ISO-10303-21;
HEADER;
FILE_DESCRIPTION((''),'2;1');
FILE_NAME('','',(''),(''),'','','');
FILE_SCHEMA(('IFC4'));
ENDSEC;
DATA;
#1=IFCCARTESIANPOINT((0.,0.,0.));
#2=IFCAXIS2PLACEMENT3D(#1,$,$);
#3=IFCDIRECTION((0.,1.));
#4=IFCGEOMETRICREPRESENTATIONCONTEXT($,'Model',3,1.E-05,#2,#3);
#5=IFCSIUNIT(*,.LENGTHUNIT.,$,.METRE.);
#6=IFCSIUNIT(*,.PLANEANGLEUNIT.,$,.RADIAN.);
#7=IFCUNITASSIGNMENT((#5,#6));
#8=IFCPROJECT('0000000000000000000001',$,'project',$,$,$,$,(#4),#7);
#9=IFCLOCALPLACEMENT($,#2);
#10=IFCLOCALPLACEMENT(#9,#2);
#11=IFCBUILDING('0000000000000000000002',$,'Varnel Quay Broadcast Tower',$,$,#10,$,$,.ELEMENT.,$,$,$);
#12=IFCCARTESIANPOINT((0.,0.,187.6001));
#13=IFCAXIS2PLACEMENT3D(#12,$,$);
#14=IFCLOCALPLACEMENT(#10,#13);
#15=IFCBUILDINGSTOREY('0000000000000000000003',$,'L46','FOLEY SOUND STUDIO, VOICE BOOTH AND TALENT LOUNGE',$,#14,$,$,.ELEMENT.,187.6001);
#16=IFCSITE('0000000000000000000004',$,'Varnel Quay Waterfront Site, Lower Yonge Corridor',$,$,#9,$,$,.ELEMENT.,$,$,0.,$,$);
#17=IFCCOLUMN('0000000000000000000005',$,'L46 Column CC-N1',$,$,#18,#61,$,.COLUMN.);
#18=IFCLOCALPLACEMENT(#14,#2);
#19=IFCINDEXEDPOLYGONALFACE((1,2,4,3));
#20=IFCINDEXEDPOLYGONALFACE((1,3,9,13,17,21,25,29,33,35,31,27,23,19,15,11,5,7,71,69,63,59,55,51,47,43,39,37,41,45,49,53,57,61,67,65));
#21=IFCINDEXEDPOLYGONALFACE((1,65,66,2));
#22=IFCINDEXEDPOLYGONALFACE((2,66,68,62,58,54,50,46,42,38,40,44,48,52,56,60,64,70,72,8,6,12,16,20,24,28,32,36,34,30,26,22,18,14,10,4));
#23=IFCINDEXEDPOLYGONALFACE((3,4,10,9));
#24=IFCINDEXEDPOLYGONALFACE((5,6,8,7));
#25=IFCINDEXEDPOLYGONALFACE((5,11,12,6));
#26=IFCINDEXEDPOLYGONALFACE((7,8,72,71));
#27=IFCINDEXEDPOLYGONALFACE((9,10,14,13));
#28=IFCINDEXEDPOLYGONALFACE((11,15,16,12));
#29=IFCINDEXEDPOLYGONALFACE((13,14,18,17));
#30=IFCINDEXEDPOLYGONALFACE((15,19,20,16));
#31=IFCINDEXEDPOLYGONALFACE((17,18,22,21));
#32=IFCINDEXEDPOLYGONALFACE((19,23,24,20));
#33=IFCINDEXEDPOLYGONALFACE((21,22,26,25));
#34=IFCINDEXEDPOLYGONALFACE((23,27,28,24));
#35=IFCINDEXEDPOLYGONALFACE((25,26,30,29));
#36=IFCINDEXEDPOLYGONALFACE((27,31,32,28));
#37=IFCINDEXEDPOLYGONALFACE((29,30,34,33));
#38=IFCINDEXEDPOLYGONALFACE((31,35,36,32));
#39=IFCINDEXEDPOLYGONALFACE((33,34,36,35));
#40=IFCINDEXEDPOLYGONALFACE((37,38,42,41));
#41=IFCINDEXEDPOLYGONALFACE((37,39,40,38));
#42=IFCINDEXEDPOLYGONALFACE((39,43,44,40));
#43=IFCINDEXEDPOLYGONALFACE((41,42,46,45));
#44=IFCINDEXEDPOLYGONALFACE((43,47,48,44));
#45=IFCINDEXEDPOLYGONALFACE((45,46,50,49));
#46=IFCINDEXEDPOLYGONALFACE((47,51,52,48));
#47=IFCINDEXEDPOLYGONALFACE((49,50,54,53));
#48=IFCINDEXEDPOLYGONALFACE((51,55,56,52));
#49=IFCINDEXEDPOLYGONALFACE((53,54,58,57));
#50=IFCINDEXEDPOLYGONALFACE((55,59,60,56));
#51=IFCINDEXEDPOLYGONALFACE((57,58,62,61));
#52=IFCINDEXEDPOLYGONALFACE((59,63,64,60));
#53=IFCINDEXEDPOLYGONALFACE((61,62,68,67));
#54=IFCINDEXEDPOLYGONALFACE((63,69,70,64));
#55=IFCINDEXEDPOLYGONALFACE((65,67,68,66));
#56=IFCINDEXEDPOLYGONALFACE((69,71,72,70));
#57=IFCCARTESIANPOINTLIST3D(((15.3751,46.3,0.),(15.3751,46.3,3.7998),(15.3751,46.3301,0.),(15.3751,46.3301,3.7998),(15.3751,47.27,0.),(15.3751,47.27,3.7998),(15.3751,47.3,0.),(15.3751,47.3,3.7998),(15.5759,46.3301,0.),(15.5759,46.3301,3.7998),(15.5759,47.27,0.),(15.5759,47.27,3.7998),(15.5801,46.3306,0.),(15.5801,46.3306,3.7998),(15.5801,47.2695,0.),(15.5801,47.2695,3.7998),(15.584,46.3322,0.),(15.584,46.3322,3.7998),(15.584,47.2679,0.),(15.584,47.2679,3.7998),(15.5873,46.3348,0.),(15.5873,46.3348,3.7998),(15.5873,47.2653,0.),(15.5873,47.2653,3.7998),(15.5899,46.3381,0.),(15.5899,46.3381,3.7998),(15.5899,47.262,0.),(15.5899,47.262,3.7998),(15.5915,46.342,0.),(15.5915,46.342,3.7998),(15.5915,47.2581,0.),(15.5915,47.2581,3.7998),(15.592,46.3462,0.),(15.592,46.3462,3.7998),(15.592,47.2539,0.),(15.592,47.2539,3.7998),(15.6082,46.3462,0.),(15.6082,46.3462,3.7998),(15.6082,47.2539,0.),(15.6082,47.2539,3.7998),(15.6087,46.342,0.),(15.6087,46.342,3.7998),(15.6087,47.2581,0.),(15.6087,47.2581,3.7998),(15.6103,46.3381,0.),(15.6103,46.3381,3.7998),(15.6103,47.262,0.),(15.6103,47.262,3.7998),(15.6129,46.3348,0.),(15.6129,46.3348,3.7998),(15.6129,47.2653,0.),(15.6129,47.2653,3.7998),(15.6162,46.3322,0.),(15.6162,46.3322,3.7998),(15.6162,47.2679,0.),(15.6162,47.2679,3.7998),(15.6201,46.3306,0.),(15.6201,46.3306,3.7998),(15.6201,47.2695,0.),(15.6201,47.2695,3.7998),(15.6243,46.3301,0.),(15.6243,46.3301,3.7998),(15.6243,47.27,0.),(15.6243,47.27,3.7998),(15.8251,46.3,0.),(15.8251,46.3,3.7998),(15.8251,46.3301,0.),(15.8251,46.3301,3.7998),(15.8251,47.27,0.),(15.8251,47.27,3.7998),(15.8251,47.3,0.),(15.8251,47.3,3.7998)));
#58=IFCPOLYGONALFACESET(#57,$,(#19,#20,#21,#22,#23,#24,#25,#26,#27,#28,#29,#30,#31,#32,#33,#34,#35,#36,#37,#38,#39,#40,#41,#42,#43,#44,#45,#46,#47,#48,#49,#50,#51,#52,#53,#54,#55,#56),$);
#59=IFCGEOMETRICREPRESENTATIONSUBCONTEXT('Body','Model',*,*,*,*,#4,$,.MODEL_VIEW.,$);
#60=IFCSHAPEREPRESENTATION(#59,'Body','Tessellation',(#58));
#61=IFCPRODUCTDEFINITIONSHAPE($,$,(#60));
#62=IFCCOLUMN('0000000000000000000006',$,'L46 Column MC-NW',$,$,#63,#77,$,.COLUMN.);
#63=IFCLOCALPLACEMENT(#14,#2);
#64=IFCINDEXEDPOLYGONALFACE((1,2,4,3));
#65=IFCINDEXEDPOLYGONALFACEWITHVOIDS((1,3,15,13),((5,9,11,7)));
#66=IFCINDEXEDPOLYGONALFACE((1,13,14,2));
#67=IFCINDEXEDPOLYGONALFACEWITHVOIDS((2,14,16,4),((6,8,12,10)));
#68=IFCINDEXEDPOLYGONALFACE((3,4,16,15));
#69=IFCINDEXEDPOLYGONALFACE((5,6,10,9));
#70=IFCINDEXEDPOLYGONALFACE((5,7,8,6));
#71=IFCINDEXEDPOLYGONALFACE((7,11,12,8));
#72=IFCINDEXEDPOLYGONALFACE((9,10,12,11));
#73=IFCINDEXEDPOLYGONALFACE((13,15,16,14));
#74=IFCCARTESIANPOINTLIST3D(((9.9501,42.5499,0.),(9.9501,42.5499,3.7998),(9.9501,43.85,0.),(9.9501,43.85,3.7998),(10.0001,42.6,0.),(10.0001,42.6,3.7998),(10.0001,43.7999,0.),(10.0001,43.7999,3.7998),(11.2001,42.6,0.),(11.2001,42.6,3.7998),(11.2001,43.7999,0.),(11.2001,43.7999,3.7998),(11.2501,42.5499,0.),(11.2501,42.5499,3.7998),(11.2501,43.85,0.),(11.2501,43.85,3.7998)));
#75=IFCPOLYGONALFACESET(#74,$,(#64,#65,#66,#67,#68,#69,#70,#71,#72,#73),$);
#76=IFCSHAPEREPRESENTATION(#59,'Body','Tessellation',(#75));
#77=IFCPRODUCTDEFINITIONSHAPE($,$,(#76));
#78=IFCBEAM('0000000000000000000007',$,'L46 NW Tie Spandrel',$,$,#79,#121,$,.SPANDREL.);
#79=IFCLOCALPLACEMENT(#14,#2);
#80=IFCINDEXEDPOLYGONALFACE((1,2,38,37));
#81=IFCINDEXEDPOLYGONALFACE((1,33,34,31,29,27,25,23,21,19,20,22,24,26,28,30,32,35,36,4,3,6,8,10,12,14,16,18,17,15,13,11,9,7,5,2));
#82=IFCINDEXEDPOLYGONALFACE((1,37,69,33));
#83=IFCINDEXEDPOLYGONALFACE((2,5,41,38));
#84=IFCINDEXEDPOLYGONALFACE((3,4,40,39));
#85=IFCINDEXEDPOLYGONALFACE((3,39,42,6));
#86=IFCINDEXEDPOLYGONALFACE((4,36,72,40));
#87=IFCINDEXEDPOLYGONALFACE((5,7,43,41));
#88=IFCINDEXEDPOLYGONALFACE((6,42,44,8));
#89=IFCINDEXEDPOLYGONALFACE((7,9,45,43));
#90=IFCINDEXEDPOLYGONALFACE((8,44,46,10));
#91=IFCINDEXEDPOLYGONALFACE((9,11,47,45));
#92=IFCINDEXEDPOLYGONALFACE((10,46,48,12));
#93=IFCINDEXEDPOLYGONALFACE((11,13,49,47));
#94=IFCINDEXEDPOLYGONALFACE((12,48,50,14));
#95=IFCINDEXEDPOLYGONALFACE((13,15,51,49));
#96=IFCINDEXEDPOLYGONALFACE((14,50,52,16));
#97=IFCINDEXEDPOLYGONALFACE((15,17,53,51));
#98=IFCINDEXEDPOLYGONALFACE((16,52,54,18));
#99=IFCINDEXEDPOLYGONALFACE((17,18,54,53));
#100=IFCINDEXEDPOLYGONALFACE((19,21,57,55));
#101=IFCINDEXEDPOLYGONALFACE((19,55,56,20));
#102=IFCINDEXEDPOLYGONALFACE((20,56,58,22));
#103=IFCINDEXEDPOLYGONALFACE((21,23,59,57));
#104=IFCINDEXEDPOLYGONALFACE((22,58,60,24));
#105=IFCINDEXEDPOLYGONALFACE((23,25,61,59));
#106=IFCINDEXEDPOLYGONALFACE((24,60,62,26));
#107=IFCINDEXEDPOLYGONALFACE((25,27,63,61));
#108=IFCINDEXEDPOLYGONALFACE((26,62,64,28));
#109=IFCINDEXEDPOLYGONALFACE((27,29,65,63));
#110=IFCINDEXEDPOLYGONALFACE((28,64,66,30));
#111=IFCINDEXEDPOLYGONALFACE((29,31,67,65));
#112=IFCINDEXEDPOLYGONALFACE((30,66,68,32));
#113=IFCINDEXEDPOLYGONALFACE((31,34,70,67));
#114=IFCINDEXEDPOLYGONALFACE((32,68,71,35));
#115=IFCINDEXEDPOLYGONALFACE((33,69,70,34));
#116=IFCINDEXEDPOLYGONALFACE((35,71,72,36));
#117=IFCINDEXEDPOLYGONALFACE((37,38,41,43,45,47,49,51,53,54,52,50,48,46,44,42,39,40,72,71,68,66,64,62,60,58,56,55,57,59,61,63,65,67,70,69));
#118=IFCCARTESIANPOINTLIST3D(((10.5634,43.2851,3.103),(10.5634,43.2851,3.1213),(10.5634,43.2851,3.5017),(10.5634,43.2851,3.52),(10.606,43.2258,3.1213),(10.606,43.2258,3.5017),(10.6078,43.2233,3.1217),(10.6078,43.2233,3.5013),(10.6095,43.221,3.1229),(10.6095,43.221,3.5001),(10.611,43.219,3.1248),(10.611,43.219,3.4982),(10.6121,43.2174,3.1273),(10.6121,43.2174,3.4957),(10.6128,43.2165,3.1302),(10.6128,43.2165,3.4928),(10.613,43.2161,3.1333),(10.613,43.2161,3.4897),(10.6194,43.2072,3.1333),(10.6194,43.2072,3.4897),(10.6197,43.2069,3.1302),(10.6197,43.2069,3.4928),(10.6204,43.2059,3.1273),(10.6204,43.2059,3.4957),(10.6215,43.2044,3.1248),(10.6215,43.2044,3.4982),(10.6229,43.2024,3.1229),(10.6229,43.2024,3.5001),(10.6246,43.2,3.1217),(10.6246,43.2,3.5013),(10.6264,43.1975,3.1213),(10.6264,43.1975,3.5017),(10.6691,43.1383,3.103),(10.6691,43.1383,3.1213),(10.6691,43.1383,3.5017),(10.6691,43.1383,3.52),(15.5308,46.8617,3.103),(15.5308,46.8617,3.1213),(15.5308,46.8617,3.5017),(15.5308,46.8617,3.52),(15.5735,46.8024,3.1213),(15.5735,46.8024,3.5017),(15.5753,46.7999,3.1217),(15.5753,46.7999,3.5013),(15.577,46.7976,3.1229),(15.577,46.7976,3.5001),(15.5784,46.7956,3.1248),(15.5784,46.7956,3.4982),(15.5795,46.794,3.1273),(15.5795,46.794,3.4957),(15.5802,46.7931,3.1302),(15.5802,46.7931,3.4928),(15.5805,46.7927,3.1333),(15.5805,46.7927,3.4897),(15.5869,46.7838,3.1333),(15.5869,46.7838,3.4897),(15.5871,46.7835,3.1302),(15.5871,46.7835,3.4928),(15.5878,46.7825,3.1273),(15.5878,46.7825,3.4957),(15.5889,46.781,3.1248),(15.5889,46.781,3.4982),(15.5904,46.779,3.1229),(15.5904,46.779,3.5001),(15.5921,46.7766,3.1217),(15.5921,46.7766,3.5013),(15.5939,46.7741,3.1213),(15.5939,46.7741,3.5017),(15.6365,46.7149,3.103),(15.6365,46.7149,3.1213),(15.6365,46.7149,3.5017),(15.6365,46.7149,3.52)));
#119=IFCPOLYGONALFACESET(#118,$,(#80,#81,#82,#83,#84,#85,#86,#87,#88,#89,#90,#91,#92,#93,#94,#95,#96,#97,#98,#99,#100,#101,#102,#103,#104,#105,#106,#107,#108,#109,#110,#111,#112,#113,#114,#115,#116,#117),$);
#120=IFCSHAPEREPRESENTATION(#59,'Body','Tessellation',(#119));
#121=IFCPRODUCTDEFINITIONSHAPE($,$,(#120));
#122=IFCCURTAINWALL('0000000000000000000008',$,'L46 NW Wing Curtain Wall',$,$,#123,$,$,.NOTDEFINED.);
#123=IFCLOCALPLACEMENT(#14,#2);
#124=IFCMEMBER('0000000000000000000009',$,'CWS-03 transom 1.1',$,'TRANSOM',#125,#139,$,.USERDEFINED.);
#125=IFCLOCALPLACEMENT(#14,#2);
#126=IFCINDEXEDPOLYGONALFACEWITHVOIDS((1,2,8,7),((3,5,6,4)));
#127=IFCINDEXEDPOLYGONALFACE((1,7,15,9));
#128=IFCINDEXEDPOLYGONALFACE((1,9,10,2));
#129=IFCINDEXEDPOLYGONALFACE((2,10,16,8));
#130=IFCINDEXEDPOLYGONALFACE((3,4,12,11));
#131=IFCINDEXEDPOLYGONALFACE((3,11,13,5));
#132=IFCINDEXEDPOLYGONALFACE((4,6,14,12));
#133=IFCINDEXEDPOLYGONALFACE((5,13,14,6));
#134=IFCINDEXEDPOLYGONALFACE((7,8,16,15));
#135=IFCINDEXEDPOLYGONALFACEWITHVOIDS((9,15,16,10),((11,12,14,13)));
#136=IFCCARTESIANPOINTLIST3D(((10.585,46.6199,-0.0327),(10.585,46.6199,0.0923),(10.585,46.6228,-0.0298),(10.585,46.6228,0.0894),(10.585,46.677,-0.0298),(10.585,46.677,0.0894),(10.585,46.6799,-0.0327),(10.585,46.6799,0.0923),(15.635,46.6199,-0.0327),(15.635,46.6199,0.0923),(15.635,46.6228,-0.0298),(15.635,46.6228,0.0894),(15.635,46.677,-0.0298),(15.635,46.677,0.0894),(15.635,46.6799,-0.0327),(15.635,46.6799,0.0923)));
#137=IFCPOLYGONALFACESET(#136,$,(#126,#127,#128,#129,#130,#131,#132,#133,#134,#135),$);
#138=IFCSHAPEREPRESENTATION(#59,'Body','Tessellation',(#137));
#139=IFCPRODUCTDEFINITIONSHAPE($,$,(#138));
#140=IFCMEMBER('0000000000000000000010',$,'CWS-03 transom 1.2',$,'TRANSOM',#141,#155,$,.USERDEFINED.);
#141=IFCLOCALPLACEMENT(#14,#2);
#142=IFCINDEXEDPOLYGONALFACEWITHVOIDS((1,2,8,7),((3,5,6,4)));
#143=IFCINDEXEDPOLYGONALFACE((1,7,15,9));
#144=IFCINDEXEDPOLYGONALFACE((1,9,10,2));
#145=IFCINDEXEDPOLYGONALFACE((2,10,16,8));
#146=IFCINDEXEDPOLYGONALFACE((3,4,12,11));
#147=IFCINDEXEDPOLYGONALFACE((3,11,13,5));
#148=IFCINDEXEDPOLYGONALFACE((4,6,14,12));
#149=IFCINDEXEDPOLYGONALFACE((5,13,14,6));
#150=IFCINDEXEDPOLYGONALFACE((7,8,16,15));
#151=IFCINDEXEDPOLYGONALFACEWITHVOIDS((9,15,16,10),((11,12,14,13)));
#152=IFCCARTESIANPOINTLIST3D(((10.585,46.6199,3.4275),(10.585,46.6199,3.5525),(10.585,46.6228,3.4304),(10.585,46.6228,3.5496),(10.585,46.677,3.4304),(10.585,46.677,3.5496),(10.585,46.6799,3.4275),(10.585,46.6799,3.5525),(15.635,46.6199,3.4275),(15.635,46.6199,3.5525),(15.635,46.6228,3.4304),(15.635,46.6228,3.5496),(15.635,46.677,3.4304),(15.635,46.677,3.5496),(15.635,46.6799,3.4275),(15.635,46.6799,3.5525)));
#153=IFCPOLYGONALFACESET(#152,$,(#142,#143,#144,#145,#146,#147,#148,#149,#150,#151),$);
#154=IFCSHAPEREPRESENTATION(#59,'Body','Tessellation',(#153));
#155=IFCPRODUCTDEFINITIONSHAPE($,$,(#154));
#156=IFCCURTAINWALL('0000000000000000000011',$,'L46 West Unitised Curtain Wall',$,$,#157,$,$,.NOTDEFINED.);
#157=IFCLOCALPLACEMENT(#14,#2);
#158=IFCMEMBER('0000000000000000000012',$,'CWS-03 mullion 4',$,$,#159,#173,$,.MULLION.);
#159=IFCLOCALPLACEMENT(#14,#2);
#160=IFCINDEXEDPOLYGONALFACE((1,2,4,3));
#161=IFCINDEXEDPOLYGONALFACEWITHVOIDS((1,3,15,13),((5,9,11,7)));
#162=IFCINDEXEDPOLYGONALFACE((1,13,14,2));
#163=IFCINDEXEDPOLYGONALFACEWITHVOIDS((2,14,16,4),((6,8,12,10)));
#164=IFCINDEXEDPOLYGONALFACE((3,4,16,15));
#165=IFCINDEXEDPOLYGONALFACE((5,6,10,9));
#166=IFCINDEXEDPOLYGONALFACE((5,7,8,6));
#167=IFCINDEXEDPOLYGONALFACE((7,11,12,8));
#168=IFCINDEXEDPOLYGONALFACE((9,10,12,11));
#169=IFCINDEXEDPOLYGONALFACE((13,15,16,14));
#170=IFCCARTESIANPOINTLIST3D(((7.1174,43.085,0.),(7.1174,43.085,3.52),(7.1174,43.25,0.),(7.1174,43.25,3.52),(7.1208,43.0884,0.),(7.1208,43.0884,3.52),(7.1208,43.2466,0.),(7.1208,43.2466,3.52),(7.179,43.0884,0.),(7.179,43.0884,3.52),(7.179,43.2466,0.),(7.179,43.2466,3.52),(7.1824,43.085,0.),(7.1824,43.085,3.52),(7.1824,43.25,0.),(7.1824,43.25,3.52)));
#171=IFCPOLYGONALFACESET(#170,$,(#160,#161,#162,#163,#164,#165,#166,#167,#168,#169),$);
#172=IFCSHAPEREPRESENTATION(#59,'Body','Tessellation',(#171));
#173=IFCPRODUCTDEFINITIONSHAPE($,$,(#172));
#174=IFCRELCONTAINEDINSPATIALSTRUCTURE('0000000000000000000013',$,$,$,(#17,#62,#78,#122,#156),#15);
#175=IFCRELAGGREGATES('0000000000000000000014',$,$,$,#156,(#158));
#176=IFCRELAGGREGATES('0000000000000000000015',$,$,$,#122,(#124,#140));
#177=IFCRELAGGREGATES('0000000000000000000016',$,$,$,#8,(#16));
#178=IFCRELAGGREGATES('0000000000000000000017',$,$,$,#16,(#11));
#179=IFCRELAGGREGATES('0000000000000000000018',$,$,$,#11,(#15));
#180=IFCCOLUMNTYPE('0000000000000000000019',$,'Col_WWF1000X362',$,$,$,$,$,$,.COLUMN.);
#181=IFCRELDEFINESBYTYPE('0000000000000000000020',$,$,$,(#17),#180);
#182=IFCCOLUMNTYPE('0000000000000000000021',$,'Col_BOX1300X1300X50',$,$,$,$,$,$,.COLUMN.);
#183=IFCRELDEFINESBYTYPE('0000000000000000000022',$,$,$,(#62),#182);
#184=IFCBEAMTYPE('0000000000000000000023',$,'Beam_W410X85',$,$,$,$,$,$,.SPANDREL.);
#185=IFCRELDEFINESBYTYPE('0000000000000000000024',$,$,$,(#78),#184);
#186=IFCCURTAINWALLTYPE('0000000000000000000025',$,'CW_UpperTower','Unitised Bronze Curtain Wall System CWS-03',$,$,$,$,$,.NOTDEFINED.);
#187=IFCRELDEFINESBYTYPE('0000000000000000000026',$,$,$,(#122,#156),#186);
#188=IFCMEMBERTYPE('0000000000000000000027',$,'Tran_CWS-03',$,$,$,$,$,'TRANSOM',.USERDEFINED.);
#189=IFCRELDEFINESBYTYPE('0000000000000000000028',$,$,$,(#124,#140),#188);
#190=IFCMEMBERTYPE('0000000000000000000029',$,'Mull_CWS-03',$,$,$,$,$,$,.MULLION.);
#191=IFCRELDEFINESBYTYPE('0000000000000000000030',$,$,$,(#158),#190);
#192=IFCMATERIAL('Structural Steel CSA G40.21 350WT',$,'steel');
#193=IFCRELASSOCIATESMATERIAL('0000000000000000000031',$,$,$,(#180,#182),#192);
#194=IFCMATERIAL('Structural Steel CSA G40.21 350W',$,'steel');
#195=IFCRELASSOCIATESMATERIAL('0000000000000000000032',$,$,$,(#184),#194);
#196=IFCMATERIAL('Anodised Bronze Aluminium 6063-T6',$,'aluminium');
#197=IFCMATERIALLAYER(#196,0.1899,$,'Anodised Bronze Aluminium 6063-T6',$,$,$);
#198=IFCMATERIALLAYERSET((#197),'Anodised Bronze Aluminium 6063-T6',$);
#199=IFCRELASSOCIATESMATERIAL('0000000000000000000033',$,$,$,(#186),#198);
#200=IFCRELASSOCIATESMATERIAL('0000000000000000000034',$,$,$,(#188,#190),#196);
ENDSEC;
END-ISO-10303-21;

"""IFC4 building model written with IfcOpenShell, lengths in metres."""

from ifc_helpers import new_model, si_unit, direction, frame, origin, origin_2d, place, context, subcontext, project, spatial, hollow_rectangle, i_section, extrude, source, transform, mapped, material, layer, layer_set, material_profile, profile_set, type_object, type_shapes, element, aggregate, save


model = new_model("IFC4")

# Units and contexts
model_context = context("Model", 3, precision=1e-05, world=origin(), true_north=direction((0.0, 1.0)))
body_context = subcontext(model_context, "Body", "Model", "MODEL_VIEW")
ifc_project = project(units=[si_unit("LENGTHUNIT", "METRE"), si_unit("PLANEANGLEUNIT", "RADIAN")], contexts=[model_context])

# Site, building, storey
site_placement = place(None, origin())
site = spatial("IfcSite", under=ifc_project, at=site_placement, Name="Varnel Quay Waterfront Site, Lower Yonge Corridor", CompositionType="ELEMENT", RefElevation=0.0)
building_placement = place(site_placement, origin())
building = spatial("IfcBuilding", under=site, at=building_placement, Name="Varnel Quay Broadcast Tower", CompositionType="ELEMENT")
storey_placement = place(building_placement, frame((0.0, 0.0, 187.6001)))
storey = spatial("IfcBuildingStorey", under=building, at=storey_placement, Name="L46", Description="FOLEY SOUND STUDIO, VOICE BOOTH AND TALENT LOUNGE", CompositionType="ELEMENT", Elevation=187.6001)

# Columns
ifc_material_1 = material(Name="Structural Steel CSA G40.21 350WT", Category="steel")
ifc_material_profile_1 = material_profile(ifc_material_1, i_section(OverallWidth=0.45, OverallDepth=1.0, WebThickness=0.0161, FlangeThickness=0.03, FilletRadius=0.0161, at=origin_2d()), Name="WWF1000X362")
ifc_profile_set_1 = profile_set([ifc_material_profile_1], Name="Structural Steel CSA G40.21 350WT")
column_type_1 = type_object("IfcColumnType", Name="Col_WWF1000X362", PredefinedType="COLUMN", material=ifc_profile_set_1)
shared_shape_1 = source(origin(), body_context, "Body", "SweptSolid", [
    extrude(i_section(OverallWidth=0.45, OverallDepth=1.0, WebThickness=0.0161, FlangeThickness=0.03, FilletRadius=0.0161, at=origin_2d()), origin(), (0.0, 0.0, 1.0), 3.7998),
])
type_shapes(column_type_1, [shared_shape_1])
column_1_placement = place(storey_placement, frame((15.6001, 46.8, 0.0), z_axis=(0.0, 0.0, 1.0), x_axis=(1.0, 0.0, 0.0)))
element("IfcColumn", 1, at=column_1_placement, inside=storey, type_object=column_type_1, Name="L46 Column CC-N1", PredefinedType="COLUMN", context=body_context, shape_type="MappedRepresentation", body=[
    mapped(shared_shape_1, transform((0.0, 0.0, 0.0), x_axis=(1.0, 0.0, 0.0), y_axis=(0.0, 1.0, 0.0), z_axis=(0.0, 0.0, 1.0), scale=1.0)),
])
ifc_material_profile_2 = material_profile(ifc_material_1, hollow_rectangle(XDim=1.3, YDim=1.3, WallThickness=0.05, at=origin_2d()), Name="BOX1300X1300X50")
ifc_profile_set_2 = profile_set([ifc_material_profile_2], Name="Structural Steel CSA G40.21 350WT")
column_type_2 = type_object("IfcColumnType", Name="Col_BOX1300X1300X50", PredefinedType="COLUMN", material=ifc_profile_set_2)
shared_shape_2 = source(origin(), body_context, "Body", "SweptSolid", [
    extrude(hollow_rectangle(XDim=1.3, YDim=1.3, WallThickness=0.05, at=origin_2d()), origin(), (0.0, 0.0, 1.0), 3.7998),
])
type_shapes(column_type_2, [shared_shape_2])
column_2_placement = place(storey_placement, frame((10.6001, 43.2, 0.0), z_axis=(0.0, 0.0, 1.0), x_axis=(1.0, 0.0, 0.0)))
element("IfcColumn", 2, at=column_2_placement, inside=storey, type_object=column_type_2, Name="L46 Column MC-NW", PredefinedType="COLUMN", context=body_context, shape_type="MappedRepresentation", body=[
    mapped(shared_shape_2, transform((0.0, 0.0, 0.0), x_axis=(1.0, 0.0, 0.0), y_axis=(0.0, 1.0, 0.0), z_axis=(0.0, 0.0, 1.0), scale=1.0)),
])

# Beam
ifc_material_2 = material(Name="Structural Steel CSA G40.21 350W", Category="steel")
ifc_material_profile_3 = material_profile(ifc_material_2, i_section(OverallWidth=0.1809, OverallDepth=0.417, WebThickness=0.011, FlangeThickness=0.0183, FilletRadius=0.012, at=origin_2d()), Name="W410X85")
ifc_profile_set_3 = profile_set([ifc_material_profile_3], Name="Structural Steel CSA G40.21 350W")
beam_type = type_object("IfcBeamType", Name="Beam_W410X85", PredefinedType="SPANDREL", material=ifc_profile_set_3)
shared_shape_3 = source(origin(), body_context, "Body", "SweptSolid", [
    extrude(i_section(OverallWidth=0.1809, OverallDepth=0.417, WebThickness=0.011, FlangeThickness=0.0183, FilletRadius=0.012, at=origin_2d()), origin(), (0.0, 0.0, 1.0), 6.1211),
])
type_shapes(beam_type, [shared_shape_3])
beam_placement = place(storey_placement, frame((10.6162, 43.2117, 3.3115), z_axis=(0.811531, 0.584309, 0.0), x_axis=(-0.584309, 0.811531, 0.0)))
element("IfcBeam", 3, at=beam_placement, inside=storey, type_object=beam_type, Name="L46 NW Tie Spandrel", PredefinedType="SPANDREL", context=body_context, shape_type="MappedRepresentation", body=[
    mapped(shared_shape_3, transform((0.0, 0.0, 0.0), x_axis=(1.0, 0.0, 0.0), y_axis=(0.0, 1.0, 0.0), z_axis=(0.0, 0.0, 1.0), scale=1.0)),
])

# Curtain wall, members
ifc_material_3 = material(Name="Anodised Bronze Aluminium 6063-T6", Category="aluminium")
ifc_layer_1 = layer(ifc_material_3, 0.1899, Name="Anodised Bronze Aluminium 6063-T6")
ifc_layer_set_1 = layer_set([ifc_layer_1], Name="Anodised Bronze Aluminium 6063-T6")
curtain_wall_type = type_object("IfcCurtainWallType", Name="CW_UpperTower", Description="Unitised Bronze Curtain Wall System CWS-03", PredefinedType="NOTDEFINED", material=ifc_layer_set_1)
curtain_wall_1_placement = place(storey_placement, origin())
curtain_wall_1 = element("IfcCurtainWall", 4, at=curtain_wall_1_placement, inside=storey, type_object=curtain_wall_type, Name="L46 NW Wing Curtain Wall", PredefinedType="NOTDEFINED")
ifc_material_profile_4 = material_profile(ifc_material_3, hollow_rectangle(XDim=0.0601, YDim=0.125, WallThickness=0.0029, at=origin_2d()), Name="ALU60X125X3")
ifc_profile_set_4 = profile_set([ifc_material_profile_4], Name="Anodised Bronze Aluminium 6063-T6")
member_type_1 = type_object("IfcMemberType", Name="Tran_CWS-03", ElementType="TRANSOM", PredefinedType="USERDEFINED", material=ifc_profile_set_4)
shared_shape_4 = source(origin(), body_context, "Body", "SweptSolid", [
    extrude(hollow_rectangle(XDim=0.0601, YDim=0.125, WallThickness=0.0029, at=origin_2d()), origin(), (0.0, 0.0, 1.0), 5.05),
])
type_shapes(member_type_1, [shared_shape_4])
member_1_placement = place(storey_placement, frame((10.585, 46.6499, 0.0298), z_axis=(1.0, 0.0, 0.0), x_axis=(0.0, 1.0, 0.0)))
member_1 = element("IfcMember", 5, at=member_1_placement, type_object=member_type_1, Name="CWS-03 transom 1.1", ObjectType="TRANSOM", PredefinedType="USERDEFINED", context=body_context, shape_type="MappedRepresentation", body=[
    mapped(shared_shape_4, transform((0.0, 0.0, 0.0), x_axis=(1.0, 0.0, 0.0), y_axis=(0.0, 1.0, 0.0), z_axis=(0.0, 0.0, 1.0), scale=1.0)),
])
member_2_placement = place(storey_placement, frame((10.585, 46.6499, 3.49), z_axis=(1.0, 0.0, 0.0), x_axis=(0.0, 1.0, 0.0)))
member_2 = element("IfcMember", 6, at=member_2_placement, type_object=member_type_1, Name="CWS-03 transom 1.2", ObjectType="TRANSOM", PredefinedType="USERDEFINED", context=body_context, shape_type="MappedRepresentation", body=[
    mapped(shared_shape_4, transform((0.0, 0.0, 0.0), x_axis=(1.0, 0.0, 0.0), y_axis=(0.0, 1.0, 0.0), z_axis=(0.0, 0.0, 1.0), scale=1.0)),
])

# Curtain wall, member
curtain_wall_2_placement = place(storey_placement, origin())
curtain_wall_2 = element("IfcCurtainWall", 7, at=curtain_wall_2_placement, inside=storey, type_object=curtain_wall_type, Name="L46 West Unitised Curtain Wall", PredefinedType="NOTDEFINED")
ifc_material_profile_5 = material_profile(ifc_material_3, hollow_rectangle(XDim=0.0649, YDim=0.165, WallThickness=0.0034, at=origin_2d()), Name="ALU65X165X3.5")
ifc_profile_set_5 = profile_set([ifc_material_profile_5], Name="Anodised Bronze Aluminium 6063-T6")
member_type_2 = type_object("IfcMemberType", Name="Mull_CWS-03", PredefinedType="MULLION", material=ifc_profile_set_5)
shared_shape_5 = source(origin(), body_context, "Body", "SweptSolid", [
    extrude(hollow_rectangle(XDim=0.0649, YDim=0.165, WallThickness=0.0034, at=origin_2d()), origin(), (0.0, 0.0, 1.0), 3.52),
])
type_shapes(member_type_2, [shared_shape_5])
member_3_placement = place(storey_placement, frame((7.1499, 43.1675, 0.0), z_axis=(0.0, 0.0, 1.0), x_axis=(-1.0, 0.0, 0.0)))
member_3 = element("IfcMember", 8, at=member_3_placement, type_object=member_type_2, Name="CWS-03 mullion 4", PredefinedType="MULLION", context=body_context, shape_type="MappedRepresentation", body=[
    mapped(shared_shape_5, transform((0.0, 0.0, 0.0), x_axis=(1.0, 0.0, 0.0), y_axis=(0.0, 1.0, 0.0), z_axis=(0.0, 0.0, 1.0), scale=1.0)),
])

aggregate(curtain_wall_2, [member_3])
aggregate(curtain_wall_1, [member_1, member_2])

save(model, "model.ifc")
